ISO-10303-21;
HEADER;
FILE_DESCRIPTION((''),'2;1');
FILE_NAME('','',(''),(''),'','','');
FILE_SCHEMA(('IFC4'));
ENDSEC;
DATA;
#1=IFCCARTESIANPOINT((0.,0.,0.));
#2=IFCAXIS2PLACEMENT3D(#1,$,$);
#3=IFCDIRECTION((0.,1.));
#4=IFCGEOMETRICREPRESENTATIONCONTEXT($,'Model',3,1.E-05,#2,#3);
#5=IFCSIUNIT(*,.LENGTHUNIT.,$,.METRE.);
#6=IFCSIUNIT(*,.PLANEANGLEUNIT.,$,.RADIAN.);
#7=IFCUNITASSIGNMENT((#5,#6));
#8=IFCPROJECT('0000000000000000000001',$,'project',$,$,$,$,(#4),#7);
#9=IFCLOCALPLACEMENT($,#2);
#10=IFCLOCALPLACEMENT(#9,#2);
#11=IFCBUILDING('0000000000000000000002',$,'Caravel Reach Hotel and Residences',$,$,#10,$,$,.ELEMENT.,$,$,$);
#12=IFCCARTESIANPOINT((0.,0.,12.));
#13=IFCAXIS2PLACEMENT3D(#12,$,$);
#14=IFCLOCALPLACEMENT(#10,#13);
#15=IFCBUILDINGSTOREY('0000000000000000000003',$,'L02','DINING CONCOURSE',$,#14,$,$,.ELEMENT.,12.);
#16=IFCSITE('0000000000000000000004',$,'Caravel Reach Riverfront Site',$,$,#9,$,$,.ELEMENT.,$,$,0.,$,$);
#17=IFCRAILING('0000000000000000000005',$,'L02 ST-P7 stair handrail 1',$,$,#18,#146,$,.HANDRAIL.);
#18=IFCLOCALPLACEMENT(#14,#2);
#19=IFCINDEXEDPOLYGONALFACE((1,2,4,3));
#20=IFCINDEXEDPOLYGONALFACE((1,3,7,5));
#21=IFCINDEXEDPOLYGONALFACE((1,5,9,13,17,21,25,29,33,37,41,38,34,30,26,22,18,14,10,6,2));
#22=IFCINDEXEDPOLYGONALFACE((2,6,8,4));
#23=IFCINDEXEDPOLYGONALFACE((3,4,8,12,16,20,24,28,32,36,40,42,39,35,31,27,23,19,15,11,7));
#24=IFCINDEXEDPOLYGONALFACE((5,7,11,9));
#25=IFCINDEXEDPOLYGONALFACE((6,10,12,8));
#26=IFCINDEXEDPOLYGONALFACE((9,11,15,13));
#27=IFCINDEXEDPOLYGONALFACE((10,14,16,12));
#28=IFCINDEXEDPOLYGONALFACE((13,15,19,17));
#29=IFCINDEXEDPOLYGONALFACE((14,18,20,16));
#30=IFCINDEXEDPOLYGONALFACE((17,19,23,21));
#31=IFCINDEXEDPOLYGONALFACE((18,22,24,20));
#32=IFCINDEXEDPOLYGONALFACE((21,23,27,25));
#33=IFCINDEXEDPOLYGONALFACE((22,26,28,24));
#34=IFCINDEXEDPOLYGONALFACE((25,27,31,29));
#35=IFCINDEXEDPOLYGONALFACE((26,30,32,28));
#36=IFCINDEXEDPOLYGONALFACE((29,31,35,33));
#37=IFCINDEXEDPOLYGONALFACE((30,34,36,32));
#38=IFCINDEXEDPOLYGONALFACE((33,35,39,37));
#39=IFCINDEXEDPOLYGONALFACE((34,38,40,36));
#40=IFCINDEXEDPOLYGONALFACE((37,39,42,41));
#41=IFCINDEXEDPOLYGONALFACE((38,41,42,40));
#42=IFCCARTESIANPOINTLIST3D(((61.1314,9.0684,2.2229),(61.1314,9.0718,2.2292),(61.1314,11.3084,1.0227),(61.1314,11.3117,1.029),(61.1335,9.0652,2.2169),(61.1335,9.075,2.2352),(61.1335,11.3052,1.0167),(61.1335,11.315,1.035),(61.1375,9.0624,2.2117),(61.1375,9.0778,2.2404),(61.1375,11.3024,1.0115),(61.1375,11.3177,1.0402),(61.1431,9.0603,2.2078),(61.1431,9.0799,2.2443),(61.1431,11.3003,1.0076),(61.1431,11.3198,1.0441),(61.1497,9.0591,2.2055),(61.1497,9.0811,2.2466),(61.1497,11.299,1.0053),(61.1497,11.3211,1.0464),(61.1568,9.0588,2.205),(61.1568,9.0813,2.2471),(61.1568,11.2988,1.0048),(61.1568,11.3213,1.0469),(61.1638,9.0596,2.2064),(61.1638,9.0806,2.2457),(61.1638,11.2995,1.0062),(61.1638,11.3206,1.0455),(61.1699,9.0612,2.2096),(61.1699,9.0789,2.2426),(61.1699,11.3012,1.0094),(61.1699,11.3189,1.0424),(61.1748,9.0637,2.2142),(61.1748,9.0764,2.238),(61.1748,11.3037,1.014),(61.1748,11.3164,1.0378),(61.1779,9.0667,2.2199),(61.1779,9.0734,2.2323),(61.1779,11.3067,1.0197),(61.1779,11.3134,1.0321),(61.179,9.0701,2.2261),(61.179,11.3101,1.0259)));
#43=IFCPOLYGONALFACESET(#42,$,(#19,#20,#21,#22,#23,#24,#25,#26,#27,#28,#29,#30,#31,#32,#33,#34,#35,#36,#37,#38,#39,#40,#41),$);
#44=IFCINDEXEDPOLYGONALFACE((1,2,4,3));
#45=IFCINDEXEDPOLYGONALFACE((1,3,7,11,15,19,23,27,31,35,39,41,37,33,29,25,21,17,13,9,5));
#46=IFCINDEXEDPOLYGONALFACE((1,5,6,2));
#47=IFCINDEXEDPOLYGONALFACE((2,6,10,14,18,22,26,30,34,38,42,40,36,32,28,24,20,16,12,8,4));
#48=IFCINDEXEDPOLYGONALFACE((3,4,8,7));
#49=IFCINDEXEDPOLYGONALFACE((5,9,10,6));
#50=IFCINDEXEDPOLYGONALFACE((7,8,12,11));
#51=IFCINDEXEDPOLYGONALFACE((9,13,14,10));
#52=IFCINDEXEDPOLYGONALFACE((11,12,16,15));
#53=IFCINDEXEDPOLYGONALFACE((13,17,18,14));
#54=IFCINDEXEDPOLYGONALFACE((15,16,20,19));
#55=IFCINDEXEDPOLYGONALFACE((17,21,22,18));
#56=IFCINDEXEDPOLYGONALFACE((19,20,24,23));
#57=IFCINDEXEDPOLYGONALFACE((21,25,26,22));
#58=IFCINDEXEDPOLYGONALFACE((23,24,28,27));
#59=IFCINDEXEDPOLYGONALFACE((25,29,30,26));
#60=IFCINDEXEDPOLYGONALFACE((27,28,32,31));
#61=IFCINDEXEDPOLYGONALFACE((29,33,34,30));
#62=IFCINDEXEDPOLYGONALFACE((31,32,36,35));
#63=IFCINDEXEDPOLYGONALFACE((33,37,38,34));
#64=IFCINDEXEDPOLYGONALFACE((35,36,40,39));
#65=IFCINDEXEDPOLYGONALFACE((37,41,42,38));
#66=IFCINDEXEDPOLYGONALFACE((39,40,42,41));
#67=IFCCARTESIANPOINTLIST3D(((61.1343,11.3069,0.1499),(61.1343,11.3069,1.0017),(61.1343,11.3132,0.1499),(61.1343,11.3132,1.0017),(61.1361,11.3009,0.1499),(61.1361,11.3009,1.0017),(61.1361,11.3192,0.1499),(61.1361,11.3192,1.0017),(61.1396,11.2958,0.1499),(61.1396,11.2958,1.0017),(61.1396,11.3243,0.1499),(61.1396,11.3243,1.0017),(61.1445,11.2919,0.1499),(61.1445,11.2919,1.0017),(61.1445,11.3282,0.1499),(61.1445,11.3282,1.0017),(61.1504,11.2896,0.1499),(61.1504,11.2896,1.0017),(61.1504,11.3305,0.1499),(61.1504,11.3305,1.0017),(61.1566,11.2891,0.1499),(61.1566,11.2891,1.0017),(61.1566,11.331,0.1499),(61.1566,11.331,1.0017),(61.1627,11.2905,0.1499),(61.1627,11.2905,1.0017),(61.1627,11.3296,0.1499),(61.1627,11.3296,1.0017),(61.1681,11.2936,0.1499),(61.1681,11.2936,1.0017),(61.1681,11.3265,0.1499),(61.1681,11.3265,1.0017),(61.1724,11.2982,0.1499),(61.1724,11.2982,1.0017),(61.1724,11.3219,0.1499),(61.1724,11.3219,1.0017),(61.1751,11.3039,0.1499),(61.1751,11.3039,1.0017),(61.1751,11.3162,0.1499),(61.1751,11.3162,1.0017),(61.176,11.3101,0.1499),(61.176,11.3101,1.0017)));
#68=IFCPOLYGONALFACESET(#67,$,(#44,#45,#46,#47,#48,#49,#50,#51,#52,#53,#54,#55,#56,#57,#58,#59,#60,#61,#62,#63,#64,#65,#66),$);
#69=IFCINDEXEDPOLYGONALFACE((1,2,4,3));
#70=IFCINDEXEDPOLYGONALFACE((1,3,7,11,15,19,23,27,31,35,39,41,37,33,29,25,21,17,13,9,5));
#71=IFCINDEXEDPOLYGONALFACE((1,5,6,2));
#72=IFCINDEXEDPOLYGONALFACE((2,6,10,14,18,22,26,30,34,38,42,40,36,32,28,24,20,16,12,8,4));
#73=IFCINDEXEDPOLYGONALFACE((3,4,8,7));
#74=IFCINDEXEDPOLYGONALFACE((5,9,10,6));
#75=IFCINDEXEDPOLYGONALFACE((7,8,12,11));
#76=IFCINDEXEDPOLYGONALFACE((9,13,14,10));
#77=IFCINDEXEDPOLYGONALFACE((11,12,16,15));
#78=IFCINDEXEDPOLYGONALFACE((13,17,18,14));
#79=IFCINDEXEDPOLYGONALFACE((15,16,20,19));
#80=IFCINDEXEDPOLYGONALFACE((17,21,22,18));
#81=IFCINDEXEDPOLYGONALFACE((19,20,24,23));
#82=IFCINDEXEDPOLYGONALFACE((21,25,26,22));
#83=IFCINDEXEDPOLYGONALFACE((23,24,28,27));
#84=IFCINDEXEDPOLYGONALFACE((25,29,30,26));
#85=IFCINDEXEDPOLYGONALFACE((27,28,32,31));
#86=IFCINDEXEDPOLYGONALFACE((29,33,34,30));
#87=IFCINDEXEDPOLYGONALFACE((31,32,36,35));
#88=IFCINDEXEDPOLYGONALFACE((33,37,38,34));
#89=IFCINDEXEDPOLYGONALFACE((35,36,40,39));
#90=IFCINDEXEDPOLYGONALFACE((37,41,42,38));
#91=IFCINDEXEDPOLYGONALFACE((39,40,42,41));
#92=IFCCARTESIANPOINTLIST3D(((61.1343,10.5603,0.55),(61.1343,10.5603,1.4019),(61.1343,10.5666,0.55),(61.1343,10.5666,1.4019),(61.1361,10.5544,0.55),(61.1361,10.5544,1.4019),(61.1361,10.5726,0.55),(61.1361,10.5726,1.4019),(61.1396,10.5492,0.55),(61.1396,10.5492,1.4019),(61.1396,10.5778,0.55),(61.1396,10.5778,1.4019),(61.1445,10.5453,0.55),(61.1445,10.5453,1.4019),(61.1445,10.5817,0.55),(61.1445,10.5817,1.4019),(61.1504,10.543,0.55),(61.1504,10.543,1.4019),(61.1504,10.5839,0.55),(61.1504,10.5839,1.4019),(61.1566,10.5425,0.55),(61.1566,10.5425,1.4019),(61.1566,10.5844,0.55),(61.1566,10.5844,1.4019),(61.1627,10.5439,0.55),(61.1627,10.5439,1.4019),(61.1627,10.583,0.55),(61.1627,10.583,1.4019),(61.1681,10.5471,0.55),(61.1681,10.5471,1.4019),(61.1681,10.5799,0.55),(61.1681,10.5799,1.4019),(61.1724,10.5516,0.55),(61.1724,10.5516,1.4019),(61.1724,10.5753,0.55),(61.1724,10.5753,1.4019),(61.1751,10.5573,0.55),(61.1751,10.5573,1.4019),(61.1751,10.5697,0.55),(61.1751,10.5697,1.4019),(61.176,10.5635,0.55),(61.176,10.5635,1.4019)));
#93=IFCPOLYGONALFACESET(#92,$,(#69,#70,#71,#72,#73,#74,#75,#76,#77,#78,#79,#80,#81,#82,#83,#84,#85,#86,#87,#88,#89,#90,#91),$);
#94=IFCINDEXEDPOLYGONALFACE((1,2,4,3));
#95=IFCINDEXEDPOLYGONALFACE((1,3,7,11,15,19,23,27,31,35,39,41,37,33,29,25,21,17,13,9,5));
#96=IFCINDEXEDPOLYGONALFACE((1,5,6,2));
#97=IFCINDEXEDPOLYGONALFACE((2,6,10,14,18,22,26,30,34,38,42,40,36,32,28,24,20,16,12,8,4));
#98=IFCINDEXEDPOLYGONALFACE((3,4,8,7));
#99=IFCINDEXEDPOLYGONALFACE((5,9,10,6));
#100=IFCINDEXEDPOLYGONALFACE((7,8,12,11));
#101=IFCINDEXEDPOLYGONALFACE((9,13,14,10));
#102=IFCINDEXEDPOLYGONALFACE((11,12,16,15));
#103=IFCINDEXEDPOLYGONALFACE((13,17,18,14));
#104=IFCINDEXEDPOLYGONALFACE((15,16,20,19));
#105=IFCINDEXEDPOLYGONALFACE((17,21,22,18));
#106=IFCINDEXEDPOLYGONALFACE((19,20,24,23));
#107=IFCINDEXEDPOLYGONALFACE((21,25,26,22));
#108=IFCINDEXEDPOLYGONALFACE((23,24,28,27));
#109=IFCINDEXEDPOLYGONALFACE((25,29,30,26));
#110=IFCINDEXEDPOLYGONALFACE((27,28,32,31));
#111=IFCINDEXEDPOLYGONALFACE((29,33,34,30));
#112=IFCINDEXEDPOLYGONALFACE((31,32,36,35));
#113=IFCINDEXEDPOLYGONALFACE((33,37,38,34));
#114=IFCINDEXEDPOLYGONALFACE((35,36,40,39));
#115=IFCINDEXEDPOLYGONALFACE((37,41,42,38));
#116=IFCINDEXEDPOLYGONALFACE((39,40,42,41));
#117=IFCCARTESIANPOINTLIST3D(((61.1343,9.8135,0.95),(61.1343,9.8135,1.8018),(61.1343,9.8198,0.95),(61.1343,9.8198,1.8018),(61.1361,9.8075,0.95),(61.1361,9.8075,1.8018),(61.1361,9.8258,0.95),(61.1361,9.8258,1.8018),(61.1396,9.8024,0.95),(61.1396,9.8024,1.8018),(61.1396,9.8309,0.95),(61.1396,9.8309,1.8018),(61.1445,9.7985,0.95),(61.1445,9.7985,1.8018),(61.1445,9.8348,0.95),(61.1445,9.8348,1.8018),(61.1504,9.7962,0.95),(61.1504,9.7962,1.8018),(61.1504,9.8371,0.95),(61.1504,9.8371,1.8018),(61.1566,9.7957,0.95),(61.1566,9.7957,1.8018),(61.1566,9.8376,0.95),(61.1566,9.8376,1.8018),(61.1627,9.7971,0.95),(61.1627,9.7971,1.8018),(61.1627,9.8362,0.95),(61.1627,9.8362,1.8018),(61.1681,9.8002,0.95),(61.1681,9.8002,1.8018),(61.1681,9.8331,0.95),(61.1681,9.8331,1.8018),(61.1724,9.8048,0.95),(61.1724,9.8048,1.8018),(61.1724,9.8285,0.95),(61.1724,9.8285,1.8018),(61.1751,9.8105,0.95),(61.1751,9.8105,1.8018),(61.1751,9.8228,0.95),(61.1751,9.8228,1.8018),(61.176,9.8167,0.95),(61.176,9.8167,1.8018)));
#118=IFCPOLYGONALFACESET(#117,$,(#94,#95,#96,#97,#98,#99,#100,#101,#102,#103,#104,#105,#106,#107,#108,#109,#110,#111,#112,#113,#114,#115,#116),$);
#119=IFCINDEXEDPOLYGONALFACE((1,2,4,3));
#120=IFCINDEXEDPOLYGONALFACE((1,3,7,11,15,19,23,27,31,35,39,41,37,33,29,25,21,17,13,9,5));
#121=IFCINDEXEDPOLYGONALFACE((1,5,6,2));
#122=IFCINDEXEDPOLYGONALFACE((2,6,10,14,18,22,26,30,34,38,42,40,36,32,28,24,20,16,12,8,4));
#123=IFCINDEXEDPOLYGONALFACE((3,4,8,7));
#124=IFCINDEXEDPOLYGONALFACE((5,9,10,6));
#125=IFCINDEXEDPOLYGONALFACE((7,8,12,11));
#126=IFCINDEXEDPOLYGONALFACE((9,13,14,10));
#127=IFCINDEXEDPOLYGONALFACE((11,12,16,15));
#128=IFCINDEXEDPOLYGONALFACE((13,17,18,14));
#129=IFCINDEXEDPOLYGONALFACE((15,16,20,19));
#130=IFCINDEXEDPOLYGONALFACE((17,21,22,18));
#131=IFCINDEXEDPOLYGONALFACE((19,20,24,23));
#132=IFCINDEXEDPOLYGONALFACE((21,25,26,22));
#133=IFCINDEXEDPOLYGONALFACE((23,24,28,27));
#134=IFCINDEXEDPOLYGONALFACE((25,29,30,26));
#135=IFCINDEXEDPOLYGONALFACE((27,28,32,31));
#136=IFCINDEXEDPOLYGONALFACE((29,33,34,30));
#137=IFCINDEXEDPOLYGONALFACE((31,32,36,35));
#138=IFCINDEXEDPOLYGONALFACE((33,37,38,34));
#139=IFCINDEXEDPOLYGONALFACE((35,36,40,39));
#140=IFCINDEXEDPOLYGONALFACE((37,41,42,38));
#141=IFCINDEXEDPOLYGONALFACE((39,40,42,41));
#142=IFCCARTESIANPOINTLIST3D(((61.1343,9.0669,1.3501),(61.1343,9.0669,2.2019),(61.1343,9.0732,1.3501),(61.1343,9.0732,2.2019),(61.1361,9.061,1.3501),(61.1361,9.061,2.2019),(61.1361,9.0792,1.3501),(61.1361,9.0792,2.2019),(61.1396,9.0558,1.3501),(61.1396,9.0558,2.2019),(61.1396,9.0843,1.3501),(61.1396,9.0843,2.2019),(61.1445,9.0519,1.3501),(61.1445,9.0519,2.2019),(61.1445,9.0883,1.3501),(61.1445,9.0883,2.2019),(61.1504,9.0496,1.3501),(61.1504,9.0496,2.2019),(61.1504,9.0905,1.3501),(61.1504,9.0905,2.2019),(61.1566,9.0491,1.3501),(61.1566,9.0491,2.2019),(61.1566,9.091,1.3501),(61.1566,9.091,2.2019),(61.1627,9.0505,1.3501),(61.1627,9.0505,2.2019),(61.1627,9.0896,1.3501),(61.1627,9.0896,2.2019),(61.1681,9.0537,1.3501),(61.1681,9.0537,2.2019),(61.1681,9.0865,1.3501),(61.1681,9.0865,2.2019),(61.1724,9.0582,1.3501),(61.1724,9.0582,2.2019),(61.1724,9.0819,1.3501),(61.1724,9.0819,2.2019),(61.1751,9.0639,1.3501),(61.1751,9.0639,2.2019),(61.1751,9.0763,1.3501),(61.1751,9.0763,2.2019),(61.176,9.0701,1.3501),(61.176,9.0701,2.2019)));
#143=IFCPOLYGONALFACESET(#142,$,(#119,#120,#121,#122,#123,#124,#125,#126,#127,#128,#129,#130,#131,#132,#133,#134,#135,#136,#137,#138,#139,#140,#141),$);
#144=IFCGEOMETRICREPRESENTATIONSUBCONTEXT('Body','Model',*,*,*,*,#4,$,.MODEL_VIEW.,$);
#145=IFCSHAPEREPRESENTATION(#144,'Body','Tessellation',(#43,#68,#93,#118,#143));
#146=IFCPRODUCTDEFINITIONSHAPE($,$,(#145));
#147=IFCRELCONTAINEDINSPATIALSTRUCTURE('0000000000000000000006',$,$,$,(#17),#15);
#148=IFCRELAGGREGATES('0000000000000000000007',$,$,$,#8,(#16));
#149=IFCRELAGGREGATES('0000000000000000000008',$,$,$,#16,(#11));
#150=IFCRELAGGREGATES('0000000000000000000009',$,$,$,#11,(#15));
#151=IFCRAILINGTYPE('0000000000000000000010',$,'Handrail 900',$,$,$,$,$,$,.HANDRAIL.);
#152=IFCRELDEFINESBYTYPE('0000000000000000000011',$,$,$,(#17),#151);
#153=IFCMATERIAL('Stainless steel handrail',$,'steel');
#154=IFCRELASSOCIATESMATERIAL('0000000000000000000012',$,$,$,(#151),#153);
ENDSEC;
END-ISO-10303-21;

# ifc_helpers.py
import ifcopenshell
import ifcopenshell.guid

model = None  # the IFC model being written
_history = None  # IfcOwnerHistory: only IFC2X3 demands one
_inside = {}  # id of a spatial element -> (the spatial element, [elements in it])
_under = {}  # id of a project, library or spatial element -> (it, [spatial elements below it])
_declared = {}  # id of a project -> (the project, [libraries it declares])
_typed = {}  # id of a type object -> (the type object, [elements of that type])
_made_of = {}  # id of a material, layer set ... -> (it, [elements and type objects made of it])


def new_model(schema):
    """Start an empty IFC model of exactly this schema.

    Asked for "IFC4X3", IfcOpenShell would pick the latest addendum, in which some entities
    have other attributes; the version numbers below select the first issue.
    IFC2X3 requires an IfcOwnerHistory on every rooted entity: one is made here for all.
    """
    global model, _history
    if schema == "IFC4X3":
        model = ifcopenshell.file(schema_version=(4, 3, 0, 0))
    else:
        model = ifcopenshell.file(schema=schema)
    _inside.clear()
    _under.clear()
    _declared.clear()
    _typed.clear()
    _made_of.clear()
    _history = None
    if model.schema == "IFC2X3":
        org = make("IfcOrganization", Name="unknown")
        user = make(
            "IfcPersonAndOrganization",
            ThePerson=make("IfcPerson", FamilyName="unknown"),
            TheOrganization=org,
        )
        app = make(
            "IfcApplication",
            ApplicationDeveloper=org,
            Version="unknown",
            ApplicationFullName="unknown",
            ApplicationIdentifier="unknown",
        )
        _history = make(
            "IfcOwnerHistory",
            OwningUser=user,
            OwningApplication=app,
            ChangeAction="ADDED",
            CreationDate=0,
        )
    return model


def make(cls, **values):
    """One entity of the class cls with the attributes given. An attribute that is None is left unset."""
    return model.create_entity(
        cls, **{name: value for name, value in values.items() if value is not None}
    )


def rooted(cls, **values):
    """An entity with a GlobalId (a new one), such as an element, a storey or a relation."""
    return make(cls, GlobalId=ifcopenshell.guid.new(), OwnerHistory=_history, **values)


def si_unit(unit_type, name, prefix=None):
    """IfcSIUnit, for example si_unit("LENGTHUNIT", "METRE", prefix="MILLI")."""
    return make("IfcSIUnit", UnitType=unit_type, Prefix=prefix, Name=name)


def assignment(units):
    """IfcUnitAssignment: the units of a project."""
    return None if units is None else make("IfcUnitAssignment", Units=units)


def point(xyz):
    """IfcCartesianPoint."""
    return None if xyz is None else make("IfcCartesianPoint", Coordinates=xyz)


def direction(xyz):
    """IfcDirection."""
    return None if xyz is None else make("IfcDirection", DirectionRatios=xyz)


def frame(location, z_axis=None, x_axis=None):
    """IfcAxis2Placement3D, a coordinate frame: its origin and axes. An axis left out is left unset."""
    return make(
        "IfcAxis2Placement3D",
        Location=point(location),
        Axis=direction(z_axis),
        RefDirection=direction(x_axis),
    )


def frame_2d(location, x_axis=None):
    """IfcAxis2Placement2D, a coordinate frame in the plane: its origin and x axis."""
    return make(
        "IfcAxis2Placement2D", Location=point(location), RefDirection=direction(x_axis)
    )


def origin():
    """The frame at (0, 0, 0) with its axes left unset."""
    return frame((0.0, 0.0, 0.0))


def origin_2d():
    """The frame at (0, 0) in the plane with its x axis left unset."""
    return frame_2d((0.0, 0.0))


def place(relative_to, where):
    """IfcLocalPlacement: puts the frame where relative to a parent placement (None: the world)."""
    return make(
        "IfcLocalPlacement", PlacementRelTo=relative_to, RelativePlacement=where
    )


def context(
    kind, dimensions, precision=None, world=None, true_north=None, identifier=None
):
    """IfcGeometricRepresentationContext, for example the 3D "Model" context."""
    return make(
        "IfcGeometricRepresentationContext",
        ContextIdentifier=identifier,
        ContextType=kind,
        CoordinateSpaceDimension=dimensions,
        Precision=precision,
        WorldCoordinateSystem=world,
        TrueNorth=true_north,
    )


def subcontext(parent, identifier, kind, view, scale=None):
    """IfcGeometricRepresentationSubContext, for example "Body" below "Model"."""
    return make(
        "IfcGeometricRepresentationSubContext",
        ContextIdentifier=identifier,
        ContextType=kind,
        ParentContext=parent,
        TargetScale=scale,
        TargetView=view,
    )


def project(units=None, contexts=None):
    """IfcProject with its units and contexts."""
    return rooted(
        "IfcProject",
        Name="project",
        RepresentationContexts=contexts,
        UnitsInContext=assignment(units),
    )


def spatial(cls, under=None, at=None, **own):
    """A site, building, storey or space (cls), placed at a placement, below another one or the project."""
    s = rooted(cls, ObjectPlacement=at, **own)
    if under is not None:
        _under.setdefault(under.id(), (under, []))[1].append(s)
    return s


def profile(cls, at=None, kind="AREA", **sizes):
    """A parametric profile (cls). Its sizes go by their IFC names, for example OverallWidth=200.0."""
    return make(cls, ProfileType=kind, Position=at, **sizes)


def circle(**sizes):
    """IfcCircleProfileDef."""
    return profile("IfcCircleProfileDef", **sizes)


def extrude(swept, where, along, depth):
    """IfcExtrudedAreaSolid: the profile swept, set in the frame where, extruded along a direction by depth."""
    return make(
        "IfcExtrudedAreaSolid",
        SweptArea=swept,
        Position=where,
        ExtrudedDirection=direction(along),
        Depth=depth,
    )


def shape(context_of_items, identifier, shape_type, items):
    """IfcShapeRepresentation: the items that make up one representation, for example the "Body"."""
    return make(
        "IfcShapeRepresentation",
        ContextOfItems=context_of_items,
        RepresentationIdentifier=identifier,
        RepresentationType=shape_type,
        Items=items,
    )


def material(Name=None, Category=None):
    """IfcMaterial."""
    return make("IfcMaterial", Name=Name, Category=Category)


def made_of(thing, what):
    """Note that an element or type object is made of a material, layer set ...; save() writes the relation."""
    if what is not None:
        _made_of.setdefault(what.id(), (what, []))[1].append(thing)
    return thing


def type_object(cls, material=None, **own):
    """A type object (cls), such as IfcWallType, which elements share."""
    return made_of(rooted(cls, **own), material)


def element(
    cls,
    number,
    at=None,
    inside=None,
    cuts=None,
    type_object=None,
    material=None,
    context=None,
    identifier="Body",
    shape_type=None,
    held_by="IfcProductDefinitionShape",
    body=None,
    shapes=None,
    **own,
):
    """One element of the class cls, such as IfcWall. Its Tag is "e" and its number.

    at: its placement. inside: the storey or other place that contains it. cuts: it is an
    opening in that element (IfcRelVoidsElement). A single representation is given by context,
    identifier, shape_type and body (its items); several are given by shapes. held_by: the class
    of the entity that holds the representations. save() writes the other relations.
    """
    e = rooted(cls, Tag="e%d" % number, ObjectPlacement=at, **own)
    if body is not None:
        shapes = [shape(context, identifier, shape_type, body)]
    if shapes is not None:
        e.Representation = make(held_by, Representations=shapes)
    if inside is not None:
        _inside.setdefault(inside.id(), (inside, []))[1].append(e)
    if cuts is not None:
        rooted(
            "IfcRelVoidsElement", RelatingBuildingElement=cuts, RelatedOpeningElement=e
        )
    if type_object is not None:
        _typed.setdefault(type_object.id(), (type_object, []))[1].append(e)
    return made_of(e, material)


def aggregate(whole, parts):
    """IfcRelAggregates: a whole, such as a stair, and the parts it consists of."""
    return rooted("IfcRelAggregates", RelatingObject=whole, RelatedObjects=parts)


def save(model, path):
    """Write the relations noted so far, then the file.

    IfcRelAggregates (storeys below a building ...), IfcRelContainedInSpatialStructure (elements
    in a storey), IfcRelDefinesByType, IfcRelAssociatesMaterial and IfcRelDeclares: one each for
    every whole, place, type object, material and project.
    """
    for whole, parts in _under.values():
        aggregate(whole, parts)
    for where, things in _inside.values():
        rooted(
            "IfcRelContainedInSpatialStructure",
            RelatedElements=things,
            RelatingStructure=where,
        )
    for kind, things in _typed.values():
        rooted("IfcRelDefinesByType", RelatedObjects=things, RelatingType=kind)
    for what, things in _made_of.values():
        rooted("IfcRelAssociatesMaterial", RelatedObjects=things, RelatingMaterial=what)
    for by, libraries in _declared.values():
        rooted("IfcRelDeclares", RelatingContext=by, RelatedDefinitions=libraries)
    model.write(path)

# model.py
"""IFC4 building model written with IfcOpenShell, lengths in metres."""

from ifc_helpers import new_model, si_unit, direction, frame, origin, origin_2d, place, context, subcontext, project, spatial, circle, extrude, material, type_object, element, save


model = new_model("IFC4")

# Units and contexts
model_context = context("Model", 3, precision=1e-05, world=origin(), true_north=direction((0.0, 1.0)))
body_context = subcontext(model_context, "Body", "Model", "MODEL_VIEW")
ifc_project = project(units=[si_unit("LENGTHUNIT", "METRE"), si_unit("PLANEANGLEUNIT", "RADIAN")], contexts=[model_context])

# Site, building, storey
site_placement = place(None, origin())
site = spatial("IfcSite", under=ifc_project, at=site_placement, Name="Caravel Reach Riverfront Site", CompositionType="ELEMENT", RefElevation=0.0)
building_placement = place(site_placement, origin())
building = spatial("IfcBuilding", under=site, at=building_placement, Name="Caravel Reach Hotel and Residences", CompositionType="ELEMENT")
storey_placement = place(building_placement, frame((0.0, 0.0, 12.0)))
storey = spatial("IfcBuildingStorey", under=building, at=storey_placement, Name="L02", Description="DINING CONCOURSE", CompositionType="ELEMENT", Elevation=12.0)

# Railing
ifc_material_1 = material(Name="Stainless steel handrail", Category="steel")
railing_type = type_object("IfcRailingType", Name="Handrail 900", PredefinedType="HANDRAIL", material=ifc_material_1)
railing_1_placement = place(storey_placement, frame((61.155, 11.3101, 0.1499)))
element("IfcRailing", 1, at=railing_1_placement, inside=storey, type_object=railing_type, Name="L02 ST-P7 stair handrail 1", PredefinedType="HANDRAIL", context=body_context, shape_type="SweptSolid", body=[
    extrude(circle(Radius=0.0239, at=origin_2d()), frame((0.0, 0.0, 0.876), z_axis=(0.0, -0.881447, 0.472283), x_axis=(1.0, 0.0, 0.0)), (0.0, 0.0, 1.0), 2.5413),
    extrude(circle(Radius=0.021, at=origin_2d()), origin(), (0.0, 0.0, 1.0), 0.8518),
    extrude(circle(Radius=0.021, at=origin_2d()), frame((0.0, -0.7466, 0.4001)), (0.0, 0.0, 1.0), 0.8518),
    extrude(circle(Radius=0.021, at=origin_2d()), frame((0.0, -1.4934, 0.8)), (0.0, 0.0, 1.0), 0.8518),
    extrude(circle(Radius=0.021, at=origin_2d()), frame((0.0, -2.24, 1.2002)), (0.0, 0.0, 1.0), 0.8518),
])

save(model, "model.ifc")
